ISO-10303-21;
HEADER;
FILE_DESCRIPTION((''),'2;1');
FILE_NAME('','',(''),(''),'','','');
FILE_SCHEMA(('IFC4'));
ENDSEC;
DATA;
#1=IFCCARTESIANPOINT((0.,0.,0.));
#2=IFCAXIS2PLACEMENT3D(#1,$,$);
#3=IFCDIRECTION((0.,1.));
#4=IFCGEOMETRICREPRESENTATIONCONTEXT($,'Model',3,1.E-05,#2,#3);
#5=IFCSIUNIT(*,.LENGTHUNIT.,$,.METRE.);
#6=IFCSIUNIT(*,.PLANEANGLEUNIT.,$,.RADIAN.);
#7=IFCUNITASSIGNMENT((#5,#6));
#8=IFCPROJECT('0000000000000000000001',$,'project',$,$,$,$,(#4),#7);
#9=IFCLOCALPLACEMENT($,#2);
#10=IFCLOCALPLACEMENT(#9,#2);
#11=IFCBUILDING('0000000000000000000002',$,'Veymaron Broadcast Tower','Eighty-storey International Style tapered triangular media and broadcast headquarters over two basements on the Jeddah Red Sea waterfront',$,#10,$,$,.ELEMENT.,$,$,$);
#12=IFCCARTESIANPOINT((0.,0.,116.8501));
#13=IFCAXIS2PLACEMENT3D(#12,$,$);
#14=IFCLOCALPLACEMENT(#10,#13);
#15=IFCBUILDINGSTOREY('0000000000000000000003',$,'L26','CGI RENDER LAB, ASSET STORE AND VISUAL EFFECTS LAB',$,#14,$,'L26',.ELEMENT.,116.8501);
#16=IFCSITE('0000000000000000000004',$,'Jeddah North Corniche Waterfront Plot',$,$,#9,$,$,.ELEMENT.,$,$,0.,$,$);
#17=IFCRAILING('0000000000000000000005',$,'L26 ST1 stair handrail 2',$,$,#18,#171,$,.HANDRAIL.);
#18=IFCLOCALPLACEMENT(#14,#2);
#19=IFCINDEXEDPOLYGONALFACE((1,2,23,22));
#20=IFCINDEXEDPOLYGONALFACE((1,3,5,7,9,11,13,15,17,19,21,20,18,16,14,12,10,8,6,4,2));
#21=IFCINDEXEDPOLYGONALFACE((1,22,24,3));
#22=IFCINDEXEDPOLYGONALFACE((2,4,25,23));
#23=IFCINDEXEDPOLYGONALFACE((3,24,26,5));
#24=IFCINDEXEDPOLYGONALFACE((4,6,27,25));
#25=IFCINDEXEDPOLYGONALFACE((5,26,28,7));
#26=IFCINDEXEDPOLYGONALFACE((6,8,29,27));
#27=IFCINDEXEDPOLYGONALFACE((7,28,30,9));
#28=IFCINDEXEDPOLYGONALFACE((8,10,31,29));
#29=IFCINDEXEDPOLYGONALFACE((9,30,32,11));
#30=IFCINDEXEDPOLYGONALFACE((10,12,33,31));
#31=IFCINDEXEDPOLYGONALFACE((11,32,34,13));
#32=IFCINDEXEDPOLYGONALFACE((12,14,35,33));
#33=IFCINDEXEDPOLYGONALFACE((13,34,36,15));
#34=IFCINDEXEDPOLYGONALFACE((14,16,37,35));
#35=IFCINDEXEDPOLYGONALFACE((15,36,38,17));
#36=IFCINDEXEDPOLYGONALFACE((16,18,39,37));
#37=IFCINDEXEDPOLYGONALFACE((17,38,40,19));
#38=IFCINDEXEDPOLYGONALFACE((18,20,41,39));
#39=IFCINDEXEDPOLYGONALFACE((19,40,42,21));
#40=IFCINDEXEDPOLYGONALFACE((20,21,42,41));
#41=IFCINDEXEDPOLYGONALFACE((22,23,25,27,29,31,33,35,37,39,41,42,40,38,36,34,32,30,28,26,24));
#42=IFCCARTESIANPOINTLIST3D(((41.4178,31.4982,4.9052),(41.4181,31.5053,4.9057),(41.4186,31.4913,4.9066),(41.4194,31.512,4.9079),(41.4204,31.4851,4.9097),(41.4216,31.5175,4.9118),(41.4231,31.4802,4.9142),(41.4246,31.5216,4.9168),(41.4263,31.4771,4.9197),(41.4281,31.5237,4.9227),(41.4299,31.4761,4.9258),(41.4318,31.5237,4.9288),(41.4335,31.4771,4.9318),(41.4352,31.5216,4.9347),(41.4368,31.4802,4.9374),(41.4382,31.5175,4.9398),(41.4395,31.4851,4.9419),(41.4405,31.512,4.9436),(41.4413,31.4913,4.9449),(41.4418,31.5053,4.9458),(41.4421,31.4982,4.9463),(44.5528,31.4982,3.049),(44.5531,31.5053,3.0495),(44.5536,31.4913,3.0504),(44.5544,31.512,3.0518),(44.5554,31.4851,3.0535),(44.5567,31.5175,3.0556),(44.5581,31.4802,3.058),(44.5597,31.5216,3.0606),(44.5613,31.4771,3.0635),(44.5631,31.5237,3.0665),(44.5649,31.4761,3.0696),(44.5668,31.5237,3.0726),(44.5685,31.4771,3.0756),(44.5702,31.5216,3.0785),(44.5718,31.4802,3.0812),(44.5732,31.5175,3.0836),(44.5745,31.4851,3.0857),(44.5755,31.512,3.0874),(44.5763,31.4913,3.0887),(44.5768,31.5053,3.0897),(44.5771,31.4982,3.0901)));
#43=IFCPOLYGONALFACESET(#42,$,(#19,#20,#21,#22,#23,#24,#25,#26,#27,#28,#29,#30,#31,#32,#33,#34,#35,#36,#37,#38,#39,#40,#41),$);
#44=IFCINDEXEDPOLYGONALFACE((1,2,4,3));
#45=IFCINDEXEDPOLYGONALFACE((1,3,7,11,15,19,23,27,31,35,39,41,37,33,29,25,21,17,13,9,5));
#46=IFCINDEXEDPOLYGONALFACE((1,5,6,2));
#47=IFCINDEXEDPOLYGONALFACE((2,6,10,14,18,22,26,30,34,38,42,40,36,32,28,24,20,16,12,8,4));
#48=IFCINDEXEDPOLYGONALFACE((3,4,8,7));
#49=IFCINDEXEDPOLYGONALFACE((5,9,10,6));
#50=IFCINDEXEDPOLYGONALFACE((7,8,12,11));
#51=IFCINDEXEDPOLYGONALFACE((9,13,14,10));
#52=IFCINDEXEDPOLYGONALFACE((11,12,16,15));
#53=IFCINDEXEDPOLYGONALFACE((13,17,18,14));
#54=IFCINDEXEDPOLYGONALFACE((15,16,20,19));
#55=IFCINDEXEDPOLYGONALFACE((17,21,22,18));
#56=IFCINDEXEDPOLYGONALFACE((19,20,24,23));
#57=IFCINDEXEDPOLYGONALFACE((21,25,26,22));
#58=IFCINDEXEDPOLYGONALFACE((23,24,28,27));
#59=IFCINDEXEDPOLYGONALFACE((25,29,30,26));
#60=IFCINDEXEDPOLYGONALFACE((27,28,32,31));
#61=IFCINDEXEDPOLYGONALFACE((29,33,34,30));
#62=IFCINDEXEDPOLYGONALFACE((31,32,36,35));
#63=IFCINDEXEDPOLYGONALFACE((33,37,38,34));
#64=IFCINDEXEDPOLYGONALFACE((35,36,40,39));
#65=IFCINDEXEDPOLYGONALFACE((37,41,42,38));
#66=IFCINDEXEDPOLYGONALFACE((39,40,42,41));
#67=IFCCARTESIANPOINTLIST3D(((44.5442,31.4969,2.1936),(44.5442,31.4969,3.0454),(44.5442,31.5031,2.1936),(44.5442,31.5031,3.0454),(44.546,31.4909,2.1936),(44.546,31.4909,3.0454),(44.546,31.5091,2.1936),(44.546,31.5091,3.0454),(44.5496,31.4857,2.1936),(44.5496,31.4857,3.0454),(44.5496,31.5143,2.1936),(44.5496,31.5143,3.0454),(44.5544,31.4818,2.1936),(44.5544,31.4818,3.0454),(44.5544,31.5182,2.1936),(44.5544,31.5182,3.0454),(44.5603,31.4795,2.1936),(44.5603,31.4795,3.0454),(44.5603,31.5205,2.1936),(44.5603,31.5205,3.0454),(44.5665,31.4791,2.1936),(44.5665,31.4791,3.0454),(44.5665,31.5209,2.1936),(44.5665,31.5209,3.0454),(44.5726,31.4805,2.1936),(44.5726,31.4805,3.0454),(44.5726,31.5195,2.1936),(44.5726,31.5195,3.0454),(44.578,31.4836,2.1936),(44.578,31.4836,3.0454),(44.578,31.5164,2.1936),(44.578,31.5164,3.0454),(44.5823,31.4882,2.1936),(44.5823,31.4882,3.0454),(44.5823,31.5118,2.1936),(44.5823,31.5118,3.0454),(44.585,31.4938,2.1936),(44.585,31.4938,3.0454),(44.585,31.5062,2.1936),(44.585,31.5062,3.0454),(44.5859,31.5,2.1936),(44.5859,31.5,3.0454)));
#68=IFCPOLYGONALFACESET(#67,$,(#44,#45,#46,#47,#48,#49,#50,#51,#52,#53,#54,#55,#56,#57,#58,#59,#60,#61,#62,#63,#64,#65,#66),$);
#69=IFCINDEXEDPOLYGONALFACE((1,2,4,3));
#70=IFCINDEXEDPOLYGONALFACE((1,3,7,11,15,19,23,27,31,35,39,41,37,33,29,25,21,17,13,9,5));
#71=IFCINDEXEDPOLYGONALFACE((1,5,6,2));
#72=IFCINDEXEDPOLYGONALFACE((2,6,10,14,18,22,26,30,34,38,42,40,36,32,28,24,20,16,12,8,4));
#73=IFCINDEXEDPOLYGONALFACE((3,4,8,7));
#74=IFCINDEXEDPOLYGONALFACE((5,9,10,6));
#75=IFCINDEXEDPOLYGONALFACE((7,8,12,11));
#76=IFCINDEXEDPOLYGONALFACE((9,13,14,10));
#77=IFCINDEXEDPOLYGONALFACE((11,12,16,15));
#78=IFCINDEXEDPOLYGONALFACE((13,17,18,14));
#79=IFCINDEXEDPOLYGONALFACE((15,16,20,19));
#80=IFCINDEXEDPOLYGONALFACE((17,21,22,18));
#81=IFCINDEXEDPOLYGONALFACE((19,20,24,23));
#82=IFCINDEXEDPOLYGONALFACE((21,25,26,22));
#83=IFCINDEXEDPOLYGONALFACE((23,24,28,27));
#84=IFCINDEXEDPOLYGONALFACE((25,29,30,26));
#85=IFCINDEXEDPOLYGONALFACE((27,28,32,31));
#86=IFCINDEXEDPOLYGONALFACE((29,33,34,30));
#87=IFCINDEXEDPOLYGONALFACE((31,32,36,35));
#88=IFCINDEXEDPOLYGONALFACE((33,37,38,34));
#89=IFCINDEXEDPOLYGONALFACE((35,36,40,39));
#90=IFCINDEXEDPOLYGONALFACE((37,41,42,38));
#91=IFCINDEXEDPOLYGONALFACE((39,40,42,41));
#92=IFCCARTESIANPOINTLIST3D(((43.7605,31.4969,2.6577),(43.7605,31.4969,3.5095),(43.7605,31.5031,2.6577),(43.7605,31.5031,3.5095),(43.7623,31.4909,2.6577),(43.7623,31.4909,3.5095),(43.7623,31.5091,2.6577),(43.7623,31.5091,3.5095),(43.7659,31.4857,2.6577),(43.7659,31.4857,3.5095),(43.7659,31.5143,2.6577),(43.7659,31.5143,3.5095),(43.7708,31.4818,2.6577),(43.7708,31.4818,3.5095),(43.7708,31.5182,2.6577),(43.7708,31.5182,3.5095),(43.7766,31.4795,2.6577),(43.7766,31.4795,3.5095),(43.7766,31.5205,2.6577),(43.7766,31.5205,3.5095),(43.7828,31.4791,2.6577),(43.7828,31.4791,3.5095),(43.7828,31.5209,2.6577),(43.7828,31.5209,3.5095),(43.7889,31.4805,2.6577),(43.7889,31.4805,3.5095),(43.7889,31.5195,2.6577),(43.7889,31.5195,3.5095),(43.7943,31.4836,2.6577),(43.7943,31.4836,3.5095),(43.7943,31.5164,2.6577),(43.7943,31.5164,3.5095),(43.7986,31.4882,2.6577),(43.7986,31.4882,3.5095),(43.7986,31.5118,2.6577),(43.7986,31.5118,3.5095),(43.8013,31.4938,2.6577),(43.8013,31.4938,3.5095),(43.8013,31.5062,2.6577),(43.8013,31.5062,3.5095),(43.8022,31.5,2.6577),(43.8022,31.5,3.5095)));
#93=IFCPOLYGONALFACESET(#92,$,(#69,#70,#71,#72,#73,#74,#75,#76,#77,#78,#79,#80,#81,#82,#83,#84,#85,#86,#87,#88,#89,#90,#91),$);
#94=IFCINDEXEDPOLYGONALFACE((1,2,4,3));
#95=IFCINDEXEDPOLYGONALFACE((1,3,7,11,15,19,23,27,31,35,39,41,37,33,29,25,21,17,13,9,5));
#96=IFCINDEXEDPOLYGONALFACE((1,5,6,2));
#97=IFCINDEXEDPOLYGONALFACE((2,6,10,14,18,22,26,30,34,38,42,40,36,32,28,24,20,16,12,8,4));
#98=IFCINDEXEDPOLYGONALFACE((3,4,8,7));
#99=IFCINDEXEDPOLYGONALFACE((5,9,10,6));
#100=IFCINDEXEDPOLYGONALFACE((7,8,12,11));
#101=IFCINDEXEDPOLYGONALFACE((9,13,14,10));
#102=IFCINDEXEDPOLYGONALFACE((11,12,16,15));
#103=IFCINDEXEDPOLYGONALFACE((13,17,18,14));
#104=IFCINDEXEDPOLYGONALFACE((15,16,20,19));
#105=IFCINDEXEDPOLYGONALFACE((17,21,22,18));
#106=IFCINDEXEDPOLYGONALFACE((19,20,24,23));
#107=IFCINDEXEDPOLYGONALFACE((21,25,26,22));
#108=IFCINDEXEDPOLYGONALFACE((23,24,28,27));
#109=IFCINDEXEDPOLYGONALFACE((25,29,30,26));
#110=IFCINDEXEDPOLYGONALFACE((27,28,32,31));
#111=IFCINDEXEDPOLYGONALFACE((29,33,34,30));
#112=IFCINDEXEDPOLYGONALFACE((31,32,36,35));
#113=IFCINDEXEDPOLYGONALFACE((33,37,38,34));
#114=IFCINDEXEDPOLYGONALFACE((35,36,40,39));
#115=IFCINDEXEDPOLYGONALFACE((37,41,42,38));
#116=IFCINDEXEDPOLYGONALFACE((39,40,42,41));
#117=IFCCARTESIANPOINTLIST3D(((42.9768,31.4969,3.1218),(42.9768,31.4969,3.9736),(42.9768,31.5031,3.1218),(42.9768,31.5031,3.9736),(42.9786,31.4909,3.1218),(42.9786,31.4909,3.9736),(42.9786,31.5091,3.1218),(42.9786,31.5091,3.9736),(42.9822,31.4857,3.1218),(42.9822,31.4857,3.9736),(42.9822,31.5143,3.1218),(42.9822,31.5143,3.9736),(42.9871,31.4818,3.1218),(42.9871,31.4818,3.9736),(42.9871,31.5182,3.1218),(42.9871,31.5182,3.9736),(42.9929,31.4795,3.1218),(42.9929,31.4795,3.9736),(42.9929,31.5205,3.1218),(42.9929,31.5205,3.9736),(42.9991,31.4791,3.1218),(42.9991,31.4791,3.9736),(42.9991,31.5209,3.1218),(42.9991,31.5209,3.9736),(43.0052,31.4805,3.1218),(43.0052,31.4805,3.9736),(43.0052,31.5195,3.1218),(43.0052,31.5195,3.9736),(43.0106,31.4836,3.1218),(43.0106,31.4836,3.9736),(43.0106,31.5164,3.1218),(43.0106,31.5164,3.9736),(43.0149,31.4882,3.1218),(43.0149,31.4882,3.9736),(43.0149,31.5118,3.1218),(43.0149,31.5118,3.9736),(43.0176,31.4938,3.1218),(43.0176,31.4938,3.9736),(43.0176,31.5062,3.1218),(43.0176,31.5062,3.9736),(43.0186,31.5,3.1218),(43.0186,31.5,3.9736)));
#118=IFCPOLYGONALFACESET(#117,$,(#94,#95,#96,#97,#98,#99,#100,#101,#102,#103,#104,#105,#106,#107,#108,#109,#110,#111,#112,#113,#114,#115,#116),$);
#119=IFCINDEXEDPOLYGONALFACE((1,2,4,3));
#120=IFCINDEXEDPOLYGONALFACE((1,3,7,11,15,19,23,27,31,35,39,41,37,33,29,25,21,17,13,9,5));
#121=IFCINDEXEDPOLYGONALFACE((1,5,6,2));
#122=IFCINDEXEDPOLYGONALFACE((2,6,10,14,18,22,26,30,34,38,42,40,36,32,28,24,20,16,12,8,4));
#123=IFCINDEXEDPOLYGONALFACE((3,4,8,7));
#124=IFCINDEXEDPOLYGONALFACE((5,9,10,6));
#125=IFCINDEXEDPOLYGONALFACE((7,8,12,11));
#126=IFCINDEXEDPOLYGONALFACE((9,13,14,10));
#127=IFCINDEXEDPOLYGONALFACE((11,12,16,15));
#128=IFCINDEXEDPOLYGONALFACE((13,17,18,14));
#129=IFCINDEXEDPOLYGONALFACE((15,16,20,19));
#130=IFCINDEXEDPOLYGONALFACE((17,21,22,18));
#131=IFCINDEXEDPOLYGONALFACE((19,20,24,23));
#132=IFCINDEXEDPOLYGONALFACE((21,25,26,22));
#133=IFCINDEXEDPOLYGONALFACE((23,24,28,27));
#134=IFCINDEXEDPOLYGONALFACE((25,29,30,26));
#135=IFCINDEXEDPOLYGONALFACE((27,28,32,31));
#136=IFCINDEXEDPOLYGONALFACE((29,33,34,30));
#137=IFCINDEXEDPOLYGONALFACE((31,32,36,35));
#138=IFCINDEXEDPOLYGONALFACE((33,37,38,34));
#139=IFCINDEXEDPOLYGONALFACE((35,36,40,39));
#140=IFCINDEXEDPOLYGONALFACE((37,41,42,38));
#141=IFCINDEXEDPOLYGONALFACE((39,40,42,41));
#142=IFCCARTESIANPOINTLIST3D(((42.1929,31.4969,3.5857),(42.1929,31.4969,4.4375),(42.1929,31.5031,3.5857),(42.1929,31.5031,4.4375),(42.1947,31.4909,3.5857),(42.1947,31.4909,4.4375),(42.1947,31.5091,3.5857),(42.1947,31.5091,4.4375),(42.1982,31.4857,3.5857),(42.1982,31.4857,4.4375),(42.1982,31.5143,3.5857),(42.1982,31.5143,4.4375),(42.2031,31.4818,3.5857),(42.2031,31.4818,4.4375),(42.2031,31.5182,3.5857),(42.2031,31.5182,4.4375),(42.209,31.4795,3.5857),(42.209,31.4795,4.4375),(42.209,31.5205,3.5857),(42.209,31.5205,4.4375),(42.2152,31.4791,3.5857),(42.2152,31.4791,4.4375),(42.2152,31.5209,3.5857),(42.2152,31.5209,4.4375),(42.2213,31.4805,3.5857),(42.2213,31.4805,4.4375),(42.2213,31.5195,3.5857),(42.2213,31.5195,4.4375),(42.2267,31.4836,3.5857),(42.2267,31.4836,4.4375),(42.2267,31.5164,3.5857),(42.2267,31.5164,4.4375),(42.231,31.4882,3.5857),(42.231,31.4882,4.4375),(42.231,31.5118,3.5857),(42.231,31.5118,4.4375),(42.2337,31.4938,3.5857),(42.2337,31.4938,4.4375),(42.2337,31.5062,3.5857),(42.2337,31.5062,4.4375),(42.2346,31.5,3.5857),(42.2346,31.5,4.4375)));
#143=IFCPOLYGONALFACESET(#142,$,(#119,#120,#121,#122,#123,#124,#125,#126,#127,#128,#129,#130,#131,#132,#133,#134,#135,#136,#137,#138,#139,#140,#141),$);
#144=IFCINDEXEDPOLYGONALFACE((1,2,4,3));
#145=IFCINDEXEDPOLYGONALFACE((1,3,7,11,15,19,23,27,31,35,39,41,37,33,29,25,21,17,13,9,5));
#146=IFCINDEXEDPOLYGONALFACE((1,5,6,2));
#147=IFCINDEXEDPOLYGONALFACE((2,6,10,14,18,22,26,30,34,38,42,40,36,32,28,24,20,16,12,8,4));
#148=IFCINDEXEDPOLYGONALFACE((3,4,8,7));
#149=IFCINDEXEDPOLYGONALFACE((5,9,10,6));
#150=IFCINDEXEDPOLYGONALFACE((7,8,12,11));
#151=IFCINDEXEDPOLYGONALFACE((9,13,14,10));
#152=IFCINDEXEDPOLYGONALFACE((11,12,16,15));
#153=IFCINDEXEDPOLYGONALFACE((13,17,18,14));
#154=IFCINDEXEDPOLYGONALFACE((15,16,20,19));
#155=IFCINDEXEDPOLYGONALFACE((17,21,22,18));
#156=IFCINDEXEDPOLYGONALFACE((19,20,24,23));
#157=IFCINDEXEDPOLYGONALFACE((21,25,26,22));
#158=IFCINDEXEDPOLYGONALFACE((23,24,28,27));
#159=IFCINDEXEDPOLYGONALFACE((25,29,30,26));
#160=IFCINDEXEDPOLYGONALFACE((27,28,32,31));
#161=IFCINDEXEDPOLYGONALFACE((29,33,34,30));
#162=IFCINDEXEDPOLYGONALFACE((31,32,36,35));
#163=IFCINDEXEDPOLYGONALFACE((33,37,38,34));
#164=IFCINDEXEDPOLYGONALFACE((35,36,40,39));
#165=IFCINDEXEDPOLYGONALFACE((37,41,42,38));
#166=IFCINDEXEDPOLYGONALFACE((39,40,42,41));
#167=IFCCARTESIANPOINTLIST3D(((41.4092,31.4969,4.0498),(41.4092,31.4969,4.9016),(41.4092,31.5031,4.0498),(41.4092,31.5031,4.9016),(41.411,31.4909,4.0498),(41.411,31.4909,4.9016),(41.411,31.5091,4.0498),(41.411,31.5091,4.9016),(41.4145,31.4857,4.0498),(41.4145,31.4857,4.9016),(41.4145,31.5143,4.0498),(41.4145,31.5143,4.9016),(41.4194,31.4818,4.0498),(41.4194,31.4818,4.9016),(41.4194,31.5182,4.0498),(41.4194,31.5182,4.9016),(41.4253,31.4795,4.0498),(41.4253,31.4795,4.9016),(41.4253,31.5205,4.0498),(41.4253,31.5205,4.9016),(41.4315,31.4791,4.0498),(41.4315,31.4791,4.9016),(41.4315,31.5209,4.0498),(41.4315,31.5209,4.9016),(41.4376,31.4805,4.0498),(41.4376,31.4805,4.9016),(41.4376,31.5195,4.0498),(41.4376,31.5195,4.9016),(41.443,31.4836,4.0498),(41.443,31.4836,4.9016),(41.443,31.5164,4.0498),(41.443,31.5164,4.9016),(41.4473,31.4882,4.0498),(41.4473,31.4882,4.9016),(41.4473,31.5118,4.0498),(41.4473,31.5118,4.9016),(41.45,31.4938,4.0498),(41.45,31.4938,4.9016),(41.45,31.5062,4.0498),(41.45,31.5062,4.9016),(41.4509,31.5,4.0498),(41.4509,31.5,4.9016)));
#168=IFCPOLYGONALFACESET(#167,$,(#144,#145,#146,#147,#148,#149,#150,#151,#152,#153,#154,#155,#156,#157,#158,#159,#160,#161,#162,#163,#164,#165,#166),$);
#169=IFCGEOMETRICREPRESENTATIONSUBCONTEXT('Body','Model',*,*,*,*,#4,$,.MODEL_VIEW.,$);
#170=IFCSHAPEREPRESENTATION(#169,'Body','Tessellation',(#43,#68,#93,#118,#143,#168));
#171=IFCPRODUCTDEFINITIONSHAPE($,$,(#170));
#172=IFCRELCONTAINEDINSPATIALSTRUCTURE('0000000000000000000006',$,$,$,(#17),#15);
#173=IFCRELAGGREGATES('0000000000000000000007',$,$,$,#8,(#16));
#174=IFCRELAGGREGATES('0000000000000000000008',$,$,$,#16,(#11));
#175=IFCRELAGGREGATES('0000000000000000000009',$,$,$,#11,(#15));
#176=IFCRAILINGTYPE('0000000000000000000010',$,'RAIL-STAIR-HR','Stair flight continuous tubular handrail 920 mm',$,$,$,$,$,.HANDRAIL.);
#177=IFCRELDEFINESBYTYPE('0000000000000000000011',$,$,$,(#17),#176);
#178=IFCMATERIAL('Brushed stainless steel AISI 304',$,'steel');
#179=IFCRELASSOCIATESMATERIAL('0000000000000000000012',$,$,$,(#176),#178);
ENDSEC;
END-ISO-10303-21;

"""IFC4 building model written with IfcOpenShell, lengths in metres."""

from ifc_helpers import new_model, si_unit, direction, frame, origin, origin_2d, place, context, subcontext, project, spatial, circle, extrude, material, type_object, element, save


model = new_model("IFC4")

# Units and contexts
model_context = context("Model", 3, precision=1e-05, world=origin(), true_north=direction((0.0, 1.0)))
body_context = subcontext(model_context, "Body", "Model", "MODEL_VIEW")
ifc_project = project(units=[si_unit("LENGTHUNIT", "METRE"), si_unit("PLANEANGLEUNIT", "RADIAN")], contexts=[model_context])

# Site, building, storey
site_placement = place(None, origin())
site = spatial("IfcSite", under=ifc_project, at=site_placement, Name="Jeddah North Corniche Waterfront Plot", CompositionType="ELEMENT", RefElevation=0.0)
building_placement = place(site_placement, origin())
building = spatial("IfcBuilding", under=site, at=building_placement, Name="Veymaron Broadcast Tower", Description="Eighty-storey International Style tapered triangular media and broadcast headquarters over two basements on the Jeddah Red Sea waterfront", CompositionType="ELEMENT")
storey_placement = place(building_placement, frame((0.0, 0.0, 116.8501)))
storey = spatial("IfcBuildingStorey", under=building, at=storey_placement, Name="L26", Description="CGI RENDER LAB, ASSET STORE AND VISUAL EFFECTS LAB", LongName="L26", CompositionType="ELEMENT", Elevation=116.8501)

# Shared definitions
ifc_material_1 = material(Name="Brushed stainless steel AISI 304", Category="steel")

# Railing
railing_type_1 = type_object("IfcRailingType", Name="RAIL-STAIR-HR", Description="Stair flight continuous tubular handrail 920 mm", PredefinedType="HANDRAIL", material=ifc_material_1)
railing_1_placement = place(storey_placement, frame((44.5649, 31.5, 2.1936)))
element("IfcRailing", 1, at=railing_1_placement, inside=storey, type_object=railing_type_1, Name="L26 ST1 stair handrail 2", PredefinedType="HANDRAIL", context=body_context, shape_type="SweptSolid", body=[
    extrude(circle(Radius=0.0239, at=origin_2d()), frame((0.0, 0.0, 0.876), z_axis=(-0.860482, 0.0, 0.509481), x_axis=(0.0, -1.0, 0.0)), (0.0, 0.0, 1.0), 3.6433),
    extrude(circle(Radius=0.021, at=origin_2d()), origin(), (0.0, 0.0, 1.0), 0.8518),
    extrude(circle(Radius=0.021, at=origin_2d()), frame((-0.7837, 0.0, 0.4641)), (0.0, 0.0, 1.0), 0.8518),
    extrude(circle(Radius=0.021, at=origin_2d()), frame((-1.5674, 0.0, 0.9282)), (0.0, 0.0, 1.0), 0.8518),
    extrude(circle(Radius=0.021, at=origin_2d()), frame((-2.3513, 0.0, 1.3921)), (0.0, 0.0, 1.0), 0.8518),
    extrude(circle(Radius=0.021, at=origin_2d()), frame((-3.135, 0.0, 1.8562)), (0.0, 0.0, 1.0), 0.8518),
])

save(model, "model.ifc")
